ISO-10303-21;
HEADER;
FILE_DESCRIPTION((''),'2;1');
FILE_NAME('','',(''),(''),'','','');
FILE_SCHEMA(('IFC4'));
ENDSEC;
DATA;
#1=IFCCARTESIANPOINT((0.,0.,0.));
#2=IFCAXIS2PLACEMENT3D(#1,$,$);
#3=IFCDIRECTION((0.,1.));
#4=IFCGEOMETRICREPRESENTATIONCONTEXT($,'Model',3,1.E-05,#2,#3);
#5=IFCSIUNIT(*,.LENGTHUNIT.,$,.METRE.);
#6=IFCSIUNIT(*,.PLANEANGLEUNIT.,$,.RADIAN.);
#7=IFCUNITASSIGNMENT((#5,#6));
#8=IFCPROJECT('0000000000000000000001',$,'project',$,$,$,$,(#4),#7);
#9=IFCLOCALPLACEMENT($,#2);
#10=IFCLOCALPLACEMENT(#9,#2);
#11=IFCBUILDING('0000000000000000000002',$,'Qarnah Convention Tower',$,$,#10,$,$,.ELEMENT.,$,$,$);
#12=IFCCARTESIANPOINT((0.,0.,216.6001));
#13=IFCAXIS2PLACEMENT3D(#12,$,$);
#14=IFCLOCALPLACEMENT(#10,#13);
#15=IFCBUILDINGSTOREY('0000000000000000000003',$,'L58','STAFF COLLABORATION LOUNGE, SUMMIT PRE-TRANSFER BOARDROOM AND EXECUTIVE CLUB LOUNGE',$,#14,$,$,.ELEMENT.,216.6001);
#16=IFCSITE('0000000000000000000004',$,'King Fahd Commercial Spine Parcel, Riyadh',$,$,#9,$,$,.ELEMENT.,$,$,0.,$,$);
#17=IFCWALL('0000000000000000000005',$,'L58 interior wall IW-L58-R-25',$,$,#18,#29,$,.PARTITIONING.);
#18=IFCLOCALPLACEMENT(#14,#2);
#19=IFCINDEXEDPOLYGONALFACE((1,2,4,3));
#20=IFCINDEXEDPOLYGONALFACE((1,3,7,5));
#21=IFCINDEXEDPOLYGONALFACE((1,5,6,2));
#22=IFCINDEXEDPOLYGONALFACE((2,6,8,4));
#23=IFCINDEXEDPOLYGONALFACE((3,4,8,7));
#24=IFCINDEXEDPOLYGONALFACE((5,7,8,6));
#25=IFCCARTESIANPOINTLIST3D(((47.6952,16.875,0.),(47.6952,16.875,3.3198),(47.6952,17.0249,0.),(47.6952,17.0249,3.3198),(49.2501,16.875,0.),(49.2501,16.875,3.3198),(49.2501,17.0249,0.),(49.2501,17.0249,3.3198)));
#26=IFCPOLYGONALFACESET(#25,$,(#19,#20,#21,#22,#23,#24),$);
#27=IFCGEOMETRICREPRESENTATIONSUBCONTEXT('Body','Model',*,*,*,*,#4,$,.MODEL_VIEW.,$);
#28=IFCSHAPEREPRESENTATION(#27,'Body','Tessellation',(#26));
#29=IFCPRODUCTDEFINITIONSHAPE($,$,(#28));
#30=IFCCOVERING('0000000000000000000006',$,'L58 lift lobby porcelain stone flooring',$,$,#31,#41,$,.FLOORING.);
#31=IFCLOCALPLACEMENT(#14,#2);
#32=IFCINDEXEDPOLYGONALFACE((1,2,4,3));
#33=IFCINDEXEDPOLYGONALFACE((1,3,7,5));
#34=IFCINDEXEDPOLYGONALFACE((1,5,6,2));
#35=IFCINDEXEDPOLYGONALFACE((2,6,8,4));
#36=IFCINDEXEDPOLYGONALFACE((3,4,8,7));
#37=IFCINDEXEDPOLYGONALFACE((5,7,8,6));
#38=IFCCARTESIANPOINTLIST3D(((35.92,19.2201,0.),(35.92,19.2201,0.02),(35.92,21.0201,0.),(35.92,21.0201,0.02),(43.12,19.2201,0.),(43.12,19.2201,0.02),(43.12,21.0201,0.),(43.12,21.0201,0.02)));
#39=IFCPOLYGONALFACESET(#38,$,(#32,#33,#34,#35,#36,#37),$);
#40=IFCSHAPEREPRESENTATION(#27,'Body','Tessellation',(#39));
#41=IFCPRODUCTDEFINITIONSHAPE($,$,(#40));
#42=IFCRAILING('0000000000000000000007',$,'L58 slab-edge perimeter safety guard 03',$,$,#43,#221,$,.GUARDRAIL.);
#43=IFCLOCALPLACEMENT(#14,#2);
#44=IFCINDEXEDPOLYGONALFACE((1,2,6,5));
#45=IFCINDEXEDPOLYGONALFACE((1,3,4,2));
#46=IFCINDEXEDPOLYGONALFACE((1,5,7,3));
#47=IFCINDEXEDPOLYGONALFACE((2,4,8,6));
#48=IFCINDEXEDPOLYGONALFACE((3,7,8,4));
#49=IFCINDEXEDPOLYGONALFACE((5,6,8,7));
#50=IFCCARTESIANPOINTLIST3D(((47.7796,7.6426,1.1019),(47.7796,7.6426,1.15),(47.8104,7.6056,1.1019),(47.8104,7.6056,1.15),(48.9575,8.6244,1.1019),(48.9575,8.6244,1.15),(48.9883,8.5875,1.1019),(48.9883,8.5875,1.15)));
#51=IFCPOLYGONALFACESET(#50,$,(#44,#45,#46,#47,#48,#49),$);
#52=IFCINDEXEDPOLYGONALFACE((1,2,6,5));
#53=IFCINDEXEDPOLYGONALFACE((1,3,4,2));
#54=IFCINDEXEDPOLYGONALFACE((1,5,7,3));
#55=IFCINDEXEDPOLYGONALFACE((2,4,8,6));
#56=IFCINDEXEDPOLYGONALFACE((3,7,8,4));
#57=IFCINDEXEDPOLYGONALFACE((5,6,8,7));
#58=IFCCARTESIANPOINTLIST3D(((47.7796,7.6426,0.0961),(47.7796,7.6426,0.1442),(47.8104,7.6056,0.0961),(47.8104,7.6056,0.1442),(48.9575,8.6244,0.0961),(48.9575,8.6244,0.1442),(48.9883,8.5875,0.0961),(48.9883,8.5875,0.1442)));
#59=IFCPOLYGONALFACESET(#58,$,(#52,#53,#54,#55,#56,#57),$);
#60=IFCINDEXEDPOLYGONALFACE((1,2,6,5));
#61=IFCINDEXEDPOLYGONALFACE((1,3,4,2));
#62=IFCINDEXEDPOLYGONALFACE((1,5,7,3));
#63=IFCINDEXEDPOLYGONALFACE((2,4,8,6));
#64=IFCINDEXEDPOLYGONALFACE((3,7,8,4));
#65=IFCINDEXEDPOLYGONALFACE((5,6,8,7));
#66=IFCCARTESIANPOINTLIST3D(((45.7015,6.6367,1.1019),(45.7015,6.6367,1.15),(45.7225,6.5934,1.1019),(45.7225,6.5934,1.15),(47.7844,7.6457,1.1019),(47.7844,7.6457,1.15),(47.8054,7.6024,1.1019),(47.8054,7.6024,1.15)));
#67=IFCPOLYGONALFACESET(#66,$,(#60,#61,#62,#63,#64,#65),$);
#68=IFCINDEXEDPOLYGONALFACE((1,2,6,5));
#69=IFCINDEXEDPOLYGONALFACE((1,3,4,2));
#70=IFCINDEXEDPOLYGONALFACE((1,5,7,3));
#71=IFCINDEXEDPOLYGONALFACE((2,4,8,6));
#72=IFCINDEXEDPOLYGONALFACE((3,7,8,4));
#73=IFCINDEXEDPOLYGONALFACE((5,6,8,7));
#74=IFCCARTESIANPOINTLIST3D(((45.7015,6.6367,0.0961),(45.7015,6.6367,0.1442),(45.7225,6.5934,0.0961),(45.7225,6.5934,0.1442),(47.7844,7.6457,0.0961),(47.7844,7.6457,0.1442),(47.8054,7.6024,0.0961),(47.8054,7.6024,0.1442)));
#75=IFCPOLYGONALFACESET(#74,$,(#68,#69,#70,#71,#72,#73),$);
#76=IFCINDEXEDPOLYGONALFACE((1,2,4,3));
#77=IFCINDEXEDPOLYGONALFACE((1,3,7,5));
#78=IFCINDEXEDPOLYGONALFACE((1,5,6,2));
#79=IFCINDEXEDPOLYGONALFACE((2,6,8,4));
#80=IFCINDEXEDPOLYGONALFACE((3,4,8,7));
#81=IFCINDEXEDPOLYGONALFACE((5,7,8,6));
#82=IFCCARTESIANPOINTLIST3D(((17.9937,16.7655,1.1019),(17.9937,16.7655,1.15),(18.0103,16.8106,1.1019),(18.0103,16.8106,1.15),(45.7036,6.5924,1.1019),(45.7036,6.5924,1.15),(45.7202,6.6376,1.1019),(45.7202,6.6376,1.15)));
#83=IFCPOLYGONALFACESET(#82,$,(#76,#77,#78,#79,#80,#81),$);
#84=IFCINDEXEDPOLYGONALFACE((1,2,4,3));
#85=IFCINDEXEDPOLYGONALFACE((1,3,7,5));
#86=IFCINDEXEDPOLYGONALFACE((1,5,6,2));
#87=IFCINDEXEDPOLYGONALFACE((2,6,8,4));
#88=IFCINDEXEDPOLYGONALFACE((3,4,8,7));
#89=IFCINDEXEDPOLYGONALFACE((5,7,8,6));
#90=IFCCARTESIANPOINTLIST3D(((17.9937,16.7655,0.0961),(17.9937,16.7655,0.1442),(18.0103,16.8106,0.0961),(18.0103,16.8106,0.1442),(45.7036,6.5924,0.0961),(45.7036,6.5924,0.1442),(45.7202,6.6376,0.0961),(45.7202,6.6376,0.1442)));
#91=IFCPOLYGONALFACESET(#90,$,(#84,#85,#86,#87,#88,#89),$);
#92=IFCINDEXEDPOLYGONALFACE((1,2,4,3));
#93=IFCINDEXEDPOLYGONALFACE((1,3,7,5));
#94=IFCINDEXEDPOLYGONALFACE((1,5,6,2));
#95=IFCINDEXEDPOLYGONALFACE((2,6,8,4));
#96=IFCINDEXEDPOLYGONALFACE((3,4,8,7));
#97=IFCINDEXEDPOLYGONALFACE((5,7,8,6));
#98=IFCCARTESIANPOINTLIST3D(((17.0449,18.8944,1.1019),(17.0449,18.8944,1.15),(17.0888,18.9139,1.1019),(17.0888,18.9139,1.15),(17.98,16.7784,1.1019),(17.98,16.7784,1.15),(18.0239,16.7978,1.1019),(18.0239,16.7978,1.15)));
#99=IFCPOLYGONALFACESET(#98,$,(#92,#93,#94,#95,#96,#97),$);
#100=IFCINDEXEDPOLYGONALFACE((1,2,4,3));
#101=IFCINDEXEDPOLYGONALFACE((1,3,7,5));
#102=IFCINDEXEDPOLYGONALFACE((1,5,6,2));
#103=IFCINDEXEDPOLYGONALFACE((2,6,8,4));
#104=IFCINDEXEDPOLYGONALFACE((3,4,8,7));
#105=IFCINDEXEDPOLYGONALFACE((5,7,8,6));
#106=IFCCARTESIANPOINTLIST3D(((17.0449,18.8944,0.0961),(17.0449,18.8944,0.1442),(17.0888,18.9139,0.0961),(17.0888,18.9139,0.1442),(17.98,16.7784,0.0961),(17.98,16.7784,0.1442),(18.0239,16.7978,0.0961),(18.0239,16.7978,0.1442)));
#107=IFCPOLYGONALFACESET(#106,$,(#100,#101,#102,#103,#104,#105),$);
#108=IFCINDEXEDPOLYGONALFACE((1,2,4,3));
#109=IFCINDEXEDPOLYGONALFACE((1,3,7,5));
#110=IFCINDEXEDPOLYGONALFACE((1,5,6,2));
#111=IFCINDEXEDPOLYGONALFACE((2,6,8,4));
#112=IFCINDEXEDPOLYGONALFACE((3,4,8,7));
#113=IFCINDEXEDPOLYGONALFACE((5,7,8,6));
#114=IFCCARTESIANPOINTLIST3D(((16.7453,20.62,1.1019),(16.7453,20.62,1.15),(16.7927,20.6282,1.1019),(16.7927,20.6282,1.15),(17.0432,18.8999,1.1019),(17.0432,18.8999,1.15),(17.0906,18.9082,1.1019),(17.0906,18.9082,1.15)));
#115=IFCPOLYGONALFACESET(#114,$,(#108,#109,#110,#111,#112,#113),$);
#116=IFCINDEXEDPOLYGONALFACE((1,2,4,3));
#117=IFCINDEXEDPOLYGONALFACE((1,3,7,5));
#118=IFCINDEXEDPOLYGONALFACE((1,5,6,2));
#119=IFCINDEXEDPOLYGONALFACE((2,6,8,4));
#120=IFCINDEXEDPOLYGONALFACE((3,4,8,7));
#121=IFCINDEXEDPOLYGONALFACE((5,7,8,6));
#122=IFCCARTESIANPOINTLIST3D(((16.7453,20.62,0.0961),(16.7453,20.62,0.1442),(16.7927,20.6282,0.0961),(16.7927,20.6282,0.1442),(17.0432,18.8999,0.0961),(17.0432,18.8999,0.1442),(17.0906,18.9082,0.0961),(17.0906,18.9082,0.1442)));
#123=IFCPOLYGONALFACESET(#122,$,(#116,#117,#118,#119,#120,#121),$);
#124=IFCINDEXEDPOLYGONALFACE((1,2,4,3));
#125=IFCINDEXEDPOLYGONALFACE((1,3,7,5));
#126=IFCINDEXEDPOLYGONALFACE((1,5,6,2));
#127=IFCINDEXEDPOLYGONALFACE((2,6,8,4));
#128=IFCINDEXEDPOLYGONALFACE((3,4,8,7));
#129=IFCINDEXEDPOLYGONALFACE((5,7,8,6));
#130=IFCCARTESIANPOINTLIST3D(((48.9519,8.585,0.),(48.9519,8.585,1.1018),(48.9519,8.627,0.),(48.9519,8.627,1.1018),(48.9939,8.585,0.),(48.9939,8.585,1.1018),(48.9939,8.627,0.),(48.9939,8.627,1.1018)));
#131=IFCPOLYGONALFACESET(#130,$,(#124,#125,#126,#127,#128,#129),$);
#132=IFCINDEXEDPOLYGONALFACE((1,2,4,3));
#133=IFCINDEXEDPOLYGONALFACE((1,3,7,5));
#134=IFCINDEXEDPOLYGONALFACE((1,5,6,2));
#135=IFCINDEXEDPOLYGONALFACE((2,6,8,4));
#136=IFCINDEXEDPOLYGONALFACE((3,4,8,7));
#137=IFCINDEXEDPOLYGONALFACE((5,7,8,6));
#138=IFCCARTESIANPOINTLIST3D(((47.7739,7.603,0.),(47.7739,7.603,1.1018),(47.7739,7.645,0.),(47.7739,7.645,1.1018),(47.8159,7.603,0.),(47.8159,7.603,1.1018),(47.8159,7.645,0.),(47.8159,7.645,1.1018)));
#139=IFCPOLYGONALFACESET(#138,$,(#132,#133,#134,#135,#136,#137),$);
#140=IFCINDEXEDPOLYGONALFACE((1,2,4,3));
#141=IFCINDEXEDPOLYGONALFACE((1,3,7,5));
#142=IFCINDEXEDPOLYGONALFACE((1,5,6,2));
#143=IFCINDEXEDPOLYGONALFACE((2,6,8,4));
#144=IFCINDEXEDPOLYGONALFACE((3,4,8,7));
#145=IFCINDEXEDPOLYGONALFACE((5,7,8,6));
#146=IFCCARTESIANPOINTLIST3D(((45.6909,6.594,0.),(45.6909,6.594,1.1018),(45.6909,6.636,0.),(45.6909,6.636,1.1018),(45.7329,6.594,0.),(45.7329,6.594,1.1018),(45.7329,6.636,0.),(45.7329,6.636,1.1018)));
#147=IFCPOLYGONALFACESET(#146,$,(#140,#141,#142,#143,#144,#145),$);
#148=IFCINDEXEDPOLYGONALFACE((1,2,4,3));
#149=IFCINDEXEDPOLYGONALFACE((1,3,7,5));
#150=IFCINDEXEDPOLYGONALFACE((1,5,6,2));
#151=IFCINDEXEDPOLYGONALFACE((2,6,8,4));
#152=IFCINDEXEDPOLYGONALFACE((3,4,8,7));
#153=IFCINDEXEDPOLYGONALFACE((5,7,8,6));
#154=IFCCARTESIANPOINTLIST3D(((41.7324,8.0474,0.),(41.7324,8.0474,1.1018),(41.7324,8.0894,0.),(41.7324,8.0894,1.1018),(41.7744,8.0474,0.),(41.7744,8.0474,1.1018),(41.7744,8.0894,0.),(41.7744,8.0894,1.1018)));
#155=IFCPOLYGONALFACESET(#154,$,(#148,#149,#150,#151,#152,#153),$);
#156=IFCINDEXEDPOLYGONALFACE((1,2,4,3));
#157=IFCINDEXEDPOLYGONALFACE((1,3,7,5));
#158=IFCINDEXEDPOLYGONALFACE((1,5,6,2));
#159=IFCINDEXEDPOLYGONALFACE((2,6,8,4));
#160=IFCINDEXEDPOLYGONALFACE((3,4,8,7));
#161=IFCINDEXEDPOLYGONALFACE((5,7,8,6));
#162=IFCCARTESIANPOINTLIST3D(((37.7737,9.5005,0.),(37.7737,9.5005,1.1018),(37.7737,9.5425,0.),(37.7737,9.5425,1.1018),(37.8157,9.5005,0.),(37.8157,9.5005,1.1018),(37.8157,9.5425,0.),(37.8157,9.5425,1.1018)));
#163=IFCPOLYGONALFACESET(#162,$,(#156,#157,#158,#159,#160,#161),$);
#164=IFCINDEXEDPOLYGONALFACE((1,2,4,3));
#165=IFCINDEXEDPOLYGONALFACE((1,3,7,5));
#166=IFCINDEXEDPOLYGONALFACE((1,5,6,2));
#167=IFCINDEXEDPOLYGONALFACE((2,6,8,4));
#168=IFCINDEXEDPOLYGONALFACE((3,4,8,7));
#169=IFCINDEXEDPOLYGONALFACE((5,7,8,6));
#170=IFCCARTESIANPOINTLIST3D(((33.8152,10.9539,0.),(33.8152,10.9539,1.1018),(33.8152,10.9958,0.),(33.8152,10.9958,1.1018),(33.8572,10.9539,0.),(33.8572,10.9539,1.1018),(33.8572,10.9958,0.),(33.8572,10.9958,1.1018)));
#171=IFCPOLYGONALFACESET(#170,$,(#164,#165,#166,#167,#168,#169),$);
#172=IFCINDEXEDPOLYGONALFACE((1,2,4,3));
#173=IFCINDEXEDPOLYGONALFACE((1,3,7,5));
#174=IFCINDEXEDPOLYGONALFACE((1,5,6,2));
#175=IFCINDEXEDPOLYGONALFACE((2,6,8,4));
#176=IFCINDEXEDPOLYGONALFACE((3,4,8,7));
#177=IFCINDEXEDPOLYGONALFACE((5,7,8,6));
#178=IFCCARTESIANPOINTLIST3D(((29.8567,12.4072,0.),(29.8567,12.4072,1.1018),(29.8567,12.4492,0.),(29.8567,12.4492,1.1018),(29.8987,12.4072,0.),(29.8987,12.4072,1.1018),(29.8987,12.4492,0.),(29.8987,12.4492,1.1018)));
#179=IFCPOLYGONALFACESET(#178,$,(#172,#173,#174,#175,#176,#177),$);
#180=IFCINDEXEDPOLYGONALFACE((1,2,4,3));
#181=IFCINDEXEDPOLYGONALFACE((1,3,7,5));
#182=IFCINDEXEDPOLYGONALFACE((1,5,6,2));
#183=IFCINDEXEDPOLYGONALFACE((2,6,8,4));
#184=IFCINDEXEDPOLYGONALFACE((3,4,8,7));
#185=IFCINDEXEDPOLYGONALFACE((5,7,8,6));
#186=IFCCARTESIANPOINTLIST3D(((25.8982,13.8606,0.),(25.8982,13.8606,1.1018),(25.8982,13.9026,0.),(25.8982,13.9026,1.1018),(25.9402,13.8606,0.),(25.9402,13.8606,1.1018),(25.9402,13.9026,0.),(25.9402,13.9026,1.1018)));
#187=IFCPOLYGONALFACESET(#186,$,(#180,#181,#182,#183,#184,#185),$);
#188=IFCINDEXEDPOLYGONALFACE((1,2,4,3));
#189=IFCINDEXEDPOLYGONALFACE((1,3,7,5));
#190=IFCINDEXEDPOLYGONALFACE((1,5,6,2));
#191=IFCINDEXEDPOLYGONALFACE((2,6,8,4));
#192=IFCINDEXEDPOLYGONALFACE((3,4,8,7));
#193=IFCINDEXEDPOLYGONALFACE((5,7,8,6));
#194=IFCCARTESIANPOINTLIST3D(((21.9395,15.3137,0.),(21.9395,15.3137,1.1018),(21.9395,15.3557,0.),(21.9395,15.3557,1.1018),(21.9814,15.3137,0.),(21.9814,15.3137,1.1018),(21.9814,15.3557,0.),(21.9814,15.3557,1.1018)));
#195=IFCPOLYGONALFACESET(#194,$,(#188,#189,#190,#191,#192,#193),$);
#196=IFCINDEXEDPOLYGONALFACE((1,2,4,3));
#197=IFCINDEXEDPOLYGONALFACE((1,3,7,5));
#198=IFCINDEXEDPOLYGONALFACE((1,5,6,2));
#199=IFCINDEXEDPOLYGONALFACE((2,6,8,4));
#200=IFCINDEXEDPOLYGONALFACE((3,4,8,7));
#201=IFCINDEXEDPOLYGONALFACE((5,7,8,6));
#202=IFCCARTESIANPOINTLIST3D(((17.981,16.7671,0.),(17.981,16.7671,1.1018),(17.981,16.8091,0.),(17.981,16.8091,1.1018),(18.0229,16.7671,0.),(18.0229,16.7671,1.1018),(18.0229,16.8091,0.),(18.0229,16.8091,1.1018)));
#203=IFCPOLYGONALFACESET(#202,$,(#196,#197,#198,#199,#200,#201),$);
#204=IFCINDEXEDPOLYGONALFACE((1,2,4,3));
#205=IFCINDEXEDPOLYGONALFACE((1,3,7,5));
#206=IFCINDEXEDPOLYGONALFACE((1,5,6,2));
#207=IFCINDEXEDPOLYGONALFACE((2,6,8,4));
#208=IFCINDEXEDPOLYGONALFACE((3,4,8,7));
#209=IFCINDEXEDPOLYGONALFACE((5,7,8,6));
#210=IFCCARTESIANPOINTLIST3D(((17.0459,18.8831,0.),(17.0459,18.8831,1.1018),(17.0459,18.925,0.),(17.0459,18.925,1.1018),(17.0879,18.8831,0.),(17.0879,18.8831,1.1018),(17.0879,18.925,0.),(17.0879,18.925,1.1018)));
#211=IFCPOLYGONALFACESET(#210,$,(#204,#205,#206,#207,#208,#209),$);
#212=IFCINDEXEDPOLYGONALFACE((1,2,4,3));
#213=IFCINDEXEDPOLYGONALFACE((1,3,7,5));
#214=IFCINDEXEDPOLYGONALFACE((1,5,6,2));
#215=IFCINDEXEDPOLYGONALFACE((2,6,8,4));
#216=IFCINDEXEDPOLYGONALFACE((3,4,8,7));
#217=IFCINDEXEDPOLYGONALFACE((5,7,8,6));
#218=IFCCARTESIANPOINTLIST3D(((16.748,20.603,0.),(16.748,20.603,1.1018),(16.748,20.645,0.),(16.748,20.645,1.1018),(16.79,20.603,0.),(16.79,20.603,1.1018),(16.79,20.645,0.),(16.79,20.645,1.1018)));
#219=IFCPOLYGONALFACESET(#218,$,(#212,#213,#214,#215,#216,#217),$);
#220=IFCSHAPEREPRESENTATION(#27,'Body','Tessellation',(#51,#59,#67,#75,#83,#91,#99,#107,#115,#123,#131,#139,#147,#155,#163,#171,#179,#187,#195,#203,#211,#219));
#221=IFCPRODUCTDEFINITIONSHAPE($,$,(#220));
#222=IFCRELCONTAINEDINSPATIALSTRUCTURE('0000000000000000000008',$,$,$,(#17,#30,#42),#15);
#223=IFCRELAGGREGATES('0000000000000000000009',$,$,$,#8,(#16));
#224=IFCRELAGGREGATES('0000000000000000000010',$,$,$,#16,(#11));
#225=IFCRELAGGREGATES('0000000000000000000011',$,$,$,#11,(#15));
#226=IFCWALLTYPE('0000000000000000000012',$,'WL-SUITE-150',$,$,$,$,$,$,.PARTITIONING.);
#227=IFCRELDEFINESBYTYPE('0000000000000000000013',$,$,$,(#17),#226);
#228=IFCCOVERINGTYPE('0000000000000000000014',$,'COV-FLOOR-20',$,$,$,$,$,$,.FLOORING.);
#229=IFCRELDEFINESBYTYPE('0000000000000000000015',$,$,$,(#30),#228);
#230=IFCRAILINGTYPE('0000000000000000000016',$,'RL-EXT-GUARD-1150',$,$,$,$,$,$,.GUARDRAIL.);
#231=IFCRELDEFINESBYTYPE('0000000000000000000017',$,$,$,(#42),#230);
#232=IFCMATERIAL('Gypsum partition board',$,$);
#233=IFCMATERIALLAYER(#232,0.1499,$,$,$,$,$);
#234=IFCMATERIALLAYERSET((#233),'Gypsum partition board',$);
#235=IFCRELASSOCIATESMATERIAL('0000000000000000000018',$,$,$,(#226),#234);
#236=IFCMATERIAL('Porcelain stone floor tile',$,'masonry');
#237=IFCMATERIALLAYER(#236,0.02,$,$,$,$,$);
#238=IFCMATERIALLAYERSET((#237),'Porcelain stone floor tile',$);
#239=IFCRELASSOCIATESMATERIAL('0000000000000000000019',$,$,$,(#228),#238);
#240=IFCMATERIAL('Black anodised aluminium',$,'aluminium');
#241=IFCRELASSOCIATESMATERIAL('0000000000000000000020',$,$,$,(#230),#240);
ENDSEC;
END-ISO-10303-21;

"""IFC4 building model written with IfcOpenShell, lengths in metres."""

from ifc_helpers import new_model, si_unit, direction, frame, frame_2d, origin, origin_2d, place, context, subcontext, project, spatial, rectangle, extrude, material, layer, layer_set, type_object, element, save


model = new_model("IFC4")

# Units and contexts
model_context = context("Model", 3, precision=1e-05, world=origin(), true_north=direction((0.0, 1.0)))
body_context = subcontext(model_context, "Body", "Model", "MODEL_VIEW")
ifc_project = project(units=[si_unit("LENGTHUNIT", "METRE"), si_unit("PLANEANGLEUNIT", "RADIAN")], contexts=[model_context])

# Site, building, storey
site_placement = place(None, origin())
site = spatial("IfcSite", under=ifc_project, at=site_placement, Name="King Fahd Commercial Spine Parcel, Riyadh", CompositionType="ELEMENT", RefElevation=0.0)
building_placement = place(site_placement, origin())
building = spatial("IfcBuilding", under=site, at=building_placement, Name="Qarnah Convention Tower", CompositionType="ELEMENT")
storey_placement = place(building_placement, frame((0.0, 0.0, 216.6001)))
storey = spatial("IfcBuildingStorey", under=building, at=storey_placement, Name="L58", Description="STAFF COLLABORATION LOUNGE, SUMMIT PRE-TRANSFER BOARDROOM AND EXECUTIVE CLUB LOUNGE", CompositionType="ELEMENT", Elevation=216.6001)

# Shared definitions
ifc_material_1 = material(Name="Black anodised aluminium", Category="aluminium")

# Shared definitions
ifc_material_2 = material(Name="Gypsum partition board")
ifc_layer_1 = layer(ifc_material_2, 0.1499)
ifc_layer_set_1 = layer_set([ifc_layer_1], Name="Gypsum partition board")
wall_type_1 = type_object("IfcWallType", Name="WL-SUITE-150", PredefinedType="PARTITIONING", material=ifc_layer_set_1)

# Wall
wall_1_placement = place(storey_placement, frame((49.25, 16.95, 0.0), z_axis=(0.0, 0.0, 1.0), x_axis=(-1.0, 0.0, 0.0)))
element("IfcWall", 1, at=wall_1_placement, inside=storey, type_object=wall_type_1, Name="L58 interior wall IW-L58-R-25", PredefinedType="PARTITIONING", context=body_context, shape_type="SweptSolid", body=[
    extrude(rectangle(XDim=1.5549, YDim=0.1499, at=frame_2d((0.7773, 0.0))), origin(), (0.0, 0.0, 1.0), 3.3198),
])

# Covering
ifc_material_3 = material(Name="Porcelain stone floor tile", Category="masonry")
ifc_layer_2 = layer(ifc_material_3, 0.02)
ifc_layer_set_2 = layer_set([ifc_layer_2], Name="Porcelain stone floor tile")
covering_type = type_object("IfcCoveringType", Name="COV-FLOOR-20", PredefinedType="FLOORING", material=ifc_layer_set_2)
covering_placement = place(storey_placement, frame((39.52, 20.1201, 0.0), z_axis=(0.0, 0.0, 1.0), x_axis=(1.0, 0.0, 0.0)))
element("IfcCovering", 2, at=covering_placement, inside=storey, type_object=covering_type, Name="L58 lift lobby porcelain stone flooring", PredefinedType="FLOORING", context=body_context, shape_type="SweptSolid", body=[
    extrude(rectangle(XDim=7.2, YDim=1.8, at=origin_2d()), origin(), (0.0, 0.0, 1.0), 0.02),
])

# Railing
railing_type = type_object("IfcRailingType", Name="RL-EXT-GUARD-1150", PredefinedType="GUARDRAIL", material=ifc_material_1)
railing_1_placement = place(storey_placement, frame((48.9729, 8.606, 0.0)))
element("IfcRailing", 3, at=railing_1_placement, inside=storey, type_object=railing_type, Name="L58 slab-edge perimeter safety guard 03", PredefinedType="GUARDRAIL", context=body_context, shape_type="SweptSolid", body=[
    extrude(rectangle(XDim=0.0481, YDim=0.0481, at=origin_2d()), frame((0.0, 0.0, 1.126), z_axis=(-0.76813, -0.640294, 0.0), x_axis=(0.640294, -0.76813, 0.0)), (0.0, 0.0, 1.0), 1.5334),
    extrude(rectangle(XDim=0.0481, YDim=0.0481, at=origin_2d()), frame((0.0, 0.0, 0.1201), z_axis=(-0.76813, -0.640294, 0.0), x_axis=(0.640294, -0.76813, 0.0)), (0.0, 0.0, 1.0), 1.5334),
    extrude(rectangle(XDim=0.0481, YDim=0.0481, at=origin_2d()), frame((-1.178, -0.9819, 1.126), z_axis=(-0.899968, -0.435955, 0.0), x_axis=(0.435955, -0.899968, 0.0)), (0.0, 0.0, 1.0), 2.3145),
    extrude(rectangle(XDim=0.0481, YDim=0.0481, at=origin_2d()), frame((-1.178, -0.9819, 0.1201), z_axis=(-0.899968, -0.435955, 0.0), x_axis=(0.435955, -0.899968, 0.0)), (0.0, 0.0, 1.0), 2.3145),
    extrude(rectangle(XDim=0.0481, YDim=0.0481, at=origin_2d()), frame((-3.261, -1.991, 1.126), z_axis=(-0.938736, 0.344636, 0.0), x_axis=(-0.344636, -0.938736, 0.0)), (0.0, 0.0, 1.0), 29.5183),
    extrude(rectangle(XDim=0.0481, YDim=0.0481, at=origin_2d()), frame((-3.261, -1.991, 0.1201), z_axis=(-0.938736, 0.344636, 0.0), x_axis=(-0.344636, -0.938736, 0.0)), (0.0, 0.0, 1.0), 29.5183),
    extrude(rectangle(XDim=0.0481, YDim=0.0481, at=origin_2d()), frame((-30.9709, 8.1821, 1.126), z_axis=(-0.404199, 0.914671, 0.0), x_axis=(-0.914671, -0.404199, 0.0)), (0.0, 0.0, 1.0), 2.3135),
    extrude(rectangle(XDim=0.0481, YDim=0.0481, at=origin_2d()), frame((-30.9709, 8.1821, 0.1201), z_axis=(-0.404199, 0.914671, 0.0), x_axis=(-0.914671, -0.404199, 0.0)), (0.0, 0.0, 1.0), 2.3135),
    extrude(rectangle(XDim=0.0481, YDim=0.0481, at=origin_2d()), frame((-31.906, 10.2981, 1.126), z_axis=(-0.170633, 0.985335, 0.0), x_axis=(-0.985335, -0.170633, 0.0)), (0.0, 0.0, 1.0), 1.7456),
    extrude(rectangle(XDim=0.0481, YDim=0.0481, at=origin_2d()), frame((-31.906, 10.2981, 0.1201), z_axis=(-0.170633, 0.985335, 0.0), x_axis=(-0.985335, -0.170633, 0.0)), (0.0, 0.0, 1.0), 1.7456),
    extrude(rectangle(XDim=0.042, YDim=0.042, at=origin_2d()), origin(), (0.0, 0.0, 1.0), 1.1018),
    extrude(rectangle(XDim=0.042, YDim=0.042, at=origin_2d()), frame((-1.178, -0.9819, 0.0)), (0.0, 0.0, 1.0), 1.1018),
    extrude(rectangle(XDim=0.042, YDim=0.042, at=origin_2d()), frame((-3.261, -1.991, 0.0)), (0.0, 0.0, 1.0), 1.1018),
    extrude(rectangle(XDim=0.042, YDim=0.042, at=origin_2d()), frame((-7.2195, -0.5376, 0.0)), (0.0, 0.0, 1.0), 1.1018),
    extrude(rectangle(XDim=0.042, YDim=0.042, at=origin_2d()), frame((-11.1782, 0.9155, 0.0)), (0.0, 0.0, 1.0), 1.1018),
    extrude(rectangle(XDim=0.042, YDim=0.042, at=origin_2d()), frame((-15.1367, 2.3689, 0.0)), (0.0, 0.0, 1.0), 1.1018),
    extrude(rectangle(XDim=0.042, YDim=0.042, at=origin_2d()), frame((-19.0952, 3.8223, 0.0)), (0.0, 0.0, 1.0), 1.1018),
    extrude(rectangle(XDim=0.042, YDim=0.042, at=origin_2d()), frame((-23.0537, 5.2756, 0.0)), (0.0, 0.0, 1.0), 1.1018),
    extrude(rectangle(XDim=0.042, YDim=0.042, at=origin_2d()), frame((-27.0125, 6.7288, 0.0)), (0.0, 0.0, 1.0), 1.1018),
    extrude(rectangle(XDim=0.042, YDim=0.042, at=origin_2d()), frame((-30.9709, 8.1821, 0.0)), (0.0, 0.0, 1.0), 1.1018),
    extrude(rectangle(XDim=0.042, YDim=0.042, at=origin_2d()), frame((-31.906, 10.2981, 0.0)), (0.0, 0.0, 1.0), 1.1018),
    extrude(rectangle(XDim=0.042, YDim=0.042, at=origin_2d()), frame((-32.2039, 12.0181, 0.0)), (0.0, 0.0, 1.0), 1.1018),
])

save(model, "model.ifc")
